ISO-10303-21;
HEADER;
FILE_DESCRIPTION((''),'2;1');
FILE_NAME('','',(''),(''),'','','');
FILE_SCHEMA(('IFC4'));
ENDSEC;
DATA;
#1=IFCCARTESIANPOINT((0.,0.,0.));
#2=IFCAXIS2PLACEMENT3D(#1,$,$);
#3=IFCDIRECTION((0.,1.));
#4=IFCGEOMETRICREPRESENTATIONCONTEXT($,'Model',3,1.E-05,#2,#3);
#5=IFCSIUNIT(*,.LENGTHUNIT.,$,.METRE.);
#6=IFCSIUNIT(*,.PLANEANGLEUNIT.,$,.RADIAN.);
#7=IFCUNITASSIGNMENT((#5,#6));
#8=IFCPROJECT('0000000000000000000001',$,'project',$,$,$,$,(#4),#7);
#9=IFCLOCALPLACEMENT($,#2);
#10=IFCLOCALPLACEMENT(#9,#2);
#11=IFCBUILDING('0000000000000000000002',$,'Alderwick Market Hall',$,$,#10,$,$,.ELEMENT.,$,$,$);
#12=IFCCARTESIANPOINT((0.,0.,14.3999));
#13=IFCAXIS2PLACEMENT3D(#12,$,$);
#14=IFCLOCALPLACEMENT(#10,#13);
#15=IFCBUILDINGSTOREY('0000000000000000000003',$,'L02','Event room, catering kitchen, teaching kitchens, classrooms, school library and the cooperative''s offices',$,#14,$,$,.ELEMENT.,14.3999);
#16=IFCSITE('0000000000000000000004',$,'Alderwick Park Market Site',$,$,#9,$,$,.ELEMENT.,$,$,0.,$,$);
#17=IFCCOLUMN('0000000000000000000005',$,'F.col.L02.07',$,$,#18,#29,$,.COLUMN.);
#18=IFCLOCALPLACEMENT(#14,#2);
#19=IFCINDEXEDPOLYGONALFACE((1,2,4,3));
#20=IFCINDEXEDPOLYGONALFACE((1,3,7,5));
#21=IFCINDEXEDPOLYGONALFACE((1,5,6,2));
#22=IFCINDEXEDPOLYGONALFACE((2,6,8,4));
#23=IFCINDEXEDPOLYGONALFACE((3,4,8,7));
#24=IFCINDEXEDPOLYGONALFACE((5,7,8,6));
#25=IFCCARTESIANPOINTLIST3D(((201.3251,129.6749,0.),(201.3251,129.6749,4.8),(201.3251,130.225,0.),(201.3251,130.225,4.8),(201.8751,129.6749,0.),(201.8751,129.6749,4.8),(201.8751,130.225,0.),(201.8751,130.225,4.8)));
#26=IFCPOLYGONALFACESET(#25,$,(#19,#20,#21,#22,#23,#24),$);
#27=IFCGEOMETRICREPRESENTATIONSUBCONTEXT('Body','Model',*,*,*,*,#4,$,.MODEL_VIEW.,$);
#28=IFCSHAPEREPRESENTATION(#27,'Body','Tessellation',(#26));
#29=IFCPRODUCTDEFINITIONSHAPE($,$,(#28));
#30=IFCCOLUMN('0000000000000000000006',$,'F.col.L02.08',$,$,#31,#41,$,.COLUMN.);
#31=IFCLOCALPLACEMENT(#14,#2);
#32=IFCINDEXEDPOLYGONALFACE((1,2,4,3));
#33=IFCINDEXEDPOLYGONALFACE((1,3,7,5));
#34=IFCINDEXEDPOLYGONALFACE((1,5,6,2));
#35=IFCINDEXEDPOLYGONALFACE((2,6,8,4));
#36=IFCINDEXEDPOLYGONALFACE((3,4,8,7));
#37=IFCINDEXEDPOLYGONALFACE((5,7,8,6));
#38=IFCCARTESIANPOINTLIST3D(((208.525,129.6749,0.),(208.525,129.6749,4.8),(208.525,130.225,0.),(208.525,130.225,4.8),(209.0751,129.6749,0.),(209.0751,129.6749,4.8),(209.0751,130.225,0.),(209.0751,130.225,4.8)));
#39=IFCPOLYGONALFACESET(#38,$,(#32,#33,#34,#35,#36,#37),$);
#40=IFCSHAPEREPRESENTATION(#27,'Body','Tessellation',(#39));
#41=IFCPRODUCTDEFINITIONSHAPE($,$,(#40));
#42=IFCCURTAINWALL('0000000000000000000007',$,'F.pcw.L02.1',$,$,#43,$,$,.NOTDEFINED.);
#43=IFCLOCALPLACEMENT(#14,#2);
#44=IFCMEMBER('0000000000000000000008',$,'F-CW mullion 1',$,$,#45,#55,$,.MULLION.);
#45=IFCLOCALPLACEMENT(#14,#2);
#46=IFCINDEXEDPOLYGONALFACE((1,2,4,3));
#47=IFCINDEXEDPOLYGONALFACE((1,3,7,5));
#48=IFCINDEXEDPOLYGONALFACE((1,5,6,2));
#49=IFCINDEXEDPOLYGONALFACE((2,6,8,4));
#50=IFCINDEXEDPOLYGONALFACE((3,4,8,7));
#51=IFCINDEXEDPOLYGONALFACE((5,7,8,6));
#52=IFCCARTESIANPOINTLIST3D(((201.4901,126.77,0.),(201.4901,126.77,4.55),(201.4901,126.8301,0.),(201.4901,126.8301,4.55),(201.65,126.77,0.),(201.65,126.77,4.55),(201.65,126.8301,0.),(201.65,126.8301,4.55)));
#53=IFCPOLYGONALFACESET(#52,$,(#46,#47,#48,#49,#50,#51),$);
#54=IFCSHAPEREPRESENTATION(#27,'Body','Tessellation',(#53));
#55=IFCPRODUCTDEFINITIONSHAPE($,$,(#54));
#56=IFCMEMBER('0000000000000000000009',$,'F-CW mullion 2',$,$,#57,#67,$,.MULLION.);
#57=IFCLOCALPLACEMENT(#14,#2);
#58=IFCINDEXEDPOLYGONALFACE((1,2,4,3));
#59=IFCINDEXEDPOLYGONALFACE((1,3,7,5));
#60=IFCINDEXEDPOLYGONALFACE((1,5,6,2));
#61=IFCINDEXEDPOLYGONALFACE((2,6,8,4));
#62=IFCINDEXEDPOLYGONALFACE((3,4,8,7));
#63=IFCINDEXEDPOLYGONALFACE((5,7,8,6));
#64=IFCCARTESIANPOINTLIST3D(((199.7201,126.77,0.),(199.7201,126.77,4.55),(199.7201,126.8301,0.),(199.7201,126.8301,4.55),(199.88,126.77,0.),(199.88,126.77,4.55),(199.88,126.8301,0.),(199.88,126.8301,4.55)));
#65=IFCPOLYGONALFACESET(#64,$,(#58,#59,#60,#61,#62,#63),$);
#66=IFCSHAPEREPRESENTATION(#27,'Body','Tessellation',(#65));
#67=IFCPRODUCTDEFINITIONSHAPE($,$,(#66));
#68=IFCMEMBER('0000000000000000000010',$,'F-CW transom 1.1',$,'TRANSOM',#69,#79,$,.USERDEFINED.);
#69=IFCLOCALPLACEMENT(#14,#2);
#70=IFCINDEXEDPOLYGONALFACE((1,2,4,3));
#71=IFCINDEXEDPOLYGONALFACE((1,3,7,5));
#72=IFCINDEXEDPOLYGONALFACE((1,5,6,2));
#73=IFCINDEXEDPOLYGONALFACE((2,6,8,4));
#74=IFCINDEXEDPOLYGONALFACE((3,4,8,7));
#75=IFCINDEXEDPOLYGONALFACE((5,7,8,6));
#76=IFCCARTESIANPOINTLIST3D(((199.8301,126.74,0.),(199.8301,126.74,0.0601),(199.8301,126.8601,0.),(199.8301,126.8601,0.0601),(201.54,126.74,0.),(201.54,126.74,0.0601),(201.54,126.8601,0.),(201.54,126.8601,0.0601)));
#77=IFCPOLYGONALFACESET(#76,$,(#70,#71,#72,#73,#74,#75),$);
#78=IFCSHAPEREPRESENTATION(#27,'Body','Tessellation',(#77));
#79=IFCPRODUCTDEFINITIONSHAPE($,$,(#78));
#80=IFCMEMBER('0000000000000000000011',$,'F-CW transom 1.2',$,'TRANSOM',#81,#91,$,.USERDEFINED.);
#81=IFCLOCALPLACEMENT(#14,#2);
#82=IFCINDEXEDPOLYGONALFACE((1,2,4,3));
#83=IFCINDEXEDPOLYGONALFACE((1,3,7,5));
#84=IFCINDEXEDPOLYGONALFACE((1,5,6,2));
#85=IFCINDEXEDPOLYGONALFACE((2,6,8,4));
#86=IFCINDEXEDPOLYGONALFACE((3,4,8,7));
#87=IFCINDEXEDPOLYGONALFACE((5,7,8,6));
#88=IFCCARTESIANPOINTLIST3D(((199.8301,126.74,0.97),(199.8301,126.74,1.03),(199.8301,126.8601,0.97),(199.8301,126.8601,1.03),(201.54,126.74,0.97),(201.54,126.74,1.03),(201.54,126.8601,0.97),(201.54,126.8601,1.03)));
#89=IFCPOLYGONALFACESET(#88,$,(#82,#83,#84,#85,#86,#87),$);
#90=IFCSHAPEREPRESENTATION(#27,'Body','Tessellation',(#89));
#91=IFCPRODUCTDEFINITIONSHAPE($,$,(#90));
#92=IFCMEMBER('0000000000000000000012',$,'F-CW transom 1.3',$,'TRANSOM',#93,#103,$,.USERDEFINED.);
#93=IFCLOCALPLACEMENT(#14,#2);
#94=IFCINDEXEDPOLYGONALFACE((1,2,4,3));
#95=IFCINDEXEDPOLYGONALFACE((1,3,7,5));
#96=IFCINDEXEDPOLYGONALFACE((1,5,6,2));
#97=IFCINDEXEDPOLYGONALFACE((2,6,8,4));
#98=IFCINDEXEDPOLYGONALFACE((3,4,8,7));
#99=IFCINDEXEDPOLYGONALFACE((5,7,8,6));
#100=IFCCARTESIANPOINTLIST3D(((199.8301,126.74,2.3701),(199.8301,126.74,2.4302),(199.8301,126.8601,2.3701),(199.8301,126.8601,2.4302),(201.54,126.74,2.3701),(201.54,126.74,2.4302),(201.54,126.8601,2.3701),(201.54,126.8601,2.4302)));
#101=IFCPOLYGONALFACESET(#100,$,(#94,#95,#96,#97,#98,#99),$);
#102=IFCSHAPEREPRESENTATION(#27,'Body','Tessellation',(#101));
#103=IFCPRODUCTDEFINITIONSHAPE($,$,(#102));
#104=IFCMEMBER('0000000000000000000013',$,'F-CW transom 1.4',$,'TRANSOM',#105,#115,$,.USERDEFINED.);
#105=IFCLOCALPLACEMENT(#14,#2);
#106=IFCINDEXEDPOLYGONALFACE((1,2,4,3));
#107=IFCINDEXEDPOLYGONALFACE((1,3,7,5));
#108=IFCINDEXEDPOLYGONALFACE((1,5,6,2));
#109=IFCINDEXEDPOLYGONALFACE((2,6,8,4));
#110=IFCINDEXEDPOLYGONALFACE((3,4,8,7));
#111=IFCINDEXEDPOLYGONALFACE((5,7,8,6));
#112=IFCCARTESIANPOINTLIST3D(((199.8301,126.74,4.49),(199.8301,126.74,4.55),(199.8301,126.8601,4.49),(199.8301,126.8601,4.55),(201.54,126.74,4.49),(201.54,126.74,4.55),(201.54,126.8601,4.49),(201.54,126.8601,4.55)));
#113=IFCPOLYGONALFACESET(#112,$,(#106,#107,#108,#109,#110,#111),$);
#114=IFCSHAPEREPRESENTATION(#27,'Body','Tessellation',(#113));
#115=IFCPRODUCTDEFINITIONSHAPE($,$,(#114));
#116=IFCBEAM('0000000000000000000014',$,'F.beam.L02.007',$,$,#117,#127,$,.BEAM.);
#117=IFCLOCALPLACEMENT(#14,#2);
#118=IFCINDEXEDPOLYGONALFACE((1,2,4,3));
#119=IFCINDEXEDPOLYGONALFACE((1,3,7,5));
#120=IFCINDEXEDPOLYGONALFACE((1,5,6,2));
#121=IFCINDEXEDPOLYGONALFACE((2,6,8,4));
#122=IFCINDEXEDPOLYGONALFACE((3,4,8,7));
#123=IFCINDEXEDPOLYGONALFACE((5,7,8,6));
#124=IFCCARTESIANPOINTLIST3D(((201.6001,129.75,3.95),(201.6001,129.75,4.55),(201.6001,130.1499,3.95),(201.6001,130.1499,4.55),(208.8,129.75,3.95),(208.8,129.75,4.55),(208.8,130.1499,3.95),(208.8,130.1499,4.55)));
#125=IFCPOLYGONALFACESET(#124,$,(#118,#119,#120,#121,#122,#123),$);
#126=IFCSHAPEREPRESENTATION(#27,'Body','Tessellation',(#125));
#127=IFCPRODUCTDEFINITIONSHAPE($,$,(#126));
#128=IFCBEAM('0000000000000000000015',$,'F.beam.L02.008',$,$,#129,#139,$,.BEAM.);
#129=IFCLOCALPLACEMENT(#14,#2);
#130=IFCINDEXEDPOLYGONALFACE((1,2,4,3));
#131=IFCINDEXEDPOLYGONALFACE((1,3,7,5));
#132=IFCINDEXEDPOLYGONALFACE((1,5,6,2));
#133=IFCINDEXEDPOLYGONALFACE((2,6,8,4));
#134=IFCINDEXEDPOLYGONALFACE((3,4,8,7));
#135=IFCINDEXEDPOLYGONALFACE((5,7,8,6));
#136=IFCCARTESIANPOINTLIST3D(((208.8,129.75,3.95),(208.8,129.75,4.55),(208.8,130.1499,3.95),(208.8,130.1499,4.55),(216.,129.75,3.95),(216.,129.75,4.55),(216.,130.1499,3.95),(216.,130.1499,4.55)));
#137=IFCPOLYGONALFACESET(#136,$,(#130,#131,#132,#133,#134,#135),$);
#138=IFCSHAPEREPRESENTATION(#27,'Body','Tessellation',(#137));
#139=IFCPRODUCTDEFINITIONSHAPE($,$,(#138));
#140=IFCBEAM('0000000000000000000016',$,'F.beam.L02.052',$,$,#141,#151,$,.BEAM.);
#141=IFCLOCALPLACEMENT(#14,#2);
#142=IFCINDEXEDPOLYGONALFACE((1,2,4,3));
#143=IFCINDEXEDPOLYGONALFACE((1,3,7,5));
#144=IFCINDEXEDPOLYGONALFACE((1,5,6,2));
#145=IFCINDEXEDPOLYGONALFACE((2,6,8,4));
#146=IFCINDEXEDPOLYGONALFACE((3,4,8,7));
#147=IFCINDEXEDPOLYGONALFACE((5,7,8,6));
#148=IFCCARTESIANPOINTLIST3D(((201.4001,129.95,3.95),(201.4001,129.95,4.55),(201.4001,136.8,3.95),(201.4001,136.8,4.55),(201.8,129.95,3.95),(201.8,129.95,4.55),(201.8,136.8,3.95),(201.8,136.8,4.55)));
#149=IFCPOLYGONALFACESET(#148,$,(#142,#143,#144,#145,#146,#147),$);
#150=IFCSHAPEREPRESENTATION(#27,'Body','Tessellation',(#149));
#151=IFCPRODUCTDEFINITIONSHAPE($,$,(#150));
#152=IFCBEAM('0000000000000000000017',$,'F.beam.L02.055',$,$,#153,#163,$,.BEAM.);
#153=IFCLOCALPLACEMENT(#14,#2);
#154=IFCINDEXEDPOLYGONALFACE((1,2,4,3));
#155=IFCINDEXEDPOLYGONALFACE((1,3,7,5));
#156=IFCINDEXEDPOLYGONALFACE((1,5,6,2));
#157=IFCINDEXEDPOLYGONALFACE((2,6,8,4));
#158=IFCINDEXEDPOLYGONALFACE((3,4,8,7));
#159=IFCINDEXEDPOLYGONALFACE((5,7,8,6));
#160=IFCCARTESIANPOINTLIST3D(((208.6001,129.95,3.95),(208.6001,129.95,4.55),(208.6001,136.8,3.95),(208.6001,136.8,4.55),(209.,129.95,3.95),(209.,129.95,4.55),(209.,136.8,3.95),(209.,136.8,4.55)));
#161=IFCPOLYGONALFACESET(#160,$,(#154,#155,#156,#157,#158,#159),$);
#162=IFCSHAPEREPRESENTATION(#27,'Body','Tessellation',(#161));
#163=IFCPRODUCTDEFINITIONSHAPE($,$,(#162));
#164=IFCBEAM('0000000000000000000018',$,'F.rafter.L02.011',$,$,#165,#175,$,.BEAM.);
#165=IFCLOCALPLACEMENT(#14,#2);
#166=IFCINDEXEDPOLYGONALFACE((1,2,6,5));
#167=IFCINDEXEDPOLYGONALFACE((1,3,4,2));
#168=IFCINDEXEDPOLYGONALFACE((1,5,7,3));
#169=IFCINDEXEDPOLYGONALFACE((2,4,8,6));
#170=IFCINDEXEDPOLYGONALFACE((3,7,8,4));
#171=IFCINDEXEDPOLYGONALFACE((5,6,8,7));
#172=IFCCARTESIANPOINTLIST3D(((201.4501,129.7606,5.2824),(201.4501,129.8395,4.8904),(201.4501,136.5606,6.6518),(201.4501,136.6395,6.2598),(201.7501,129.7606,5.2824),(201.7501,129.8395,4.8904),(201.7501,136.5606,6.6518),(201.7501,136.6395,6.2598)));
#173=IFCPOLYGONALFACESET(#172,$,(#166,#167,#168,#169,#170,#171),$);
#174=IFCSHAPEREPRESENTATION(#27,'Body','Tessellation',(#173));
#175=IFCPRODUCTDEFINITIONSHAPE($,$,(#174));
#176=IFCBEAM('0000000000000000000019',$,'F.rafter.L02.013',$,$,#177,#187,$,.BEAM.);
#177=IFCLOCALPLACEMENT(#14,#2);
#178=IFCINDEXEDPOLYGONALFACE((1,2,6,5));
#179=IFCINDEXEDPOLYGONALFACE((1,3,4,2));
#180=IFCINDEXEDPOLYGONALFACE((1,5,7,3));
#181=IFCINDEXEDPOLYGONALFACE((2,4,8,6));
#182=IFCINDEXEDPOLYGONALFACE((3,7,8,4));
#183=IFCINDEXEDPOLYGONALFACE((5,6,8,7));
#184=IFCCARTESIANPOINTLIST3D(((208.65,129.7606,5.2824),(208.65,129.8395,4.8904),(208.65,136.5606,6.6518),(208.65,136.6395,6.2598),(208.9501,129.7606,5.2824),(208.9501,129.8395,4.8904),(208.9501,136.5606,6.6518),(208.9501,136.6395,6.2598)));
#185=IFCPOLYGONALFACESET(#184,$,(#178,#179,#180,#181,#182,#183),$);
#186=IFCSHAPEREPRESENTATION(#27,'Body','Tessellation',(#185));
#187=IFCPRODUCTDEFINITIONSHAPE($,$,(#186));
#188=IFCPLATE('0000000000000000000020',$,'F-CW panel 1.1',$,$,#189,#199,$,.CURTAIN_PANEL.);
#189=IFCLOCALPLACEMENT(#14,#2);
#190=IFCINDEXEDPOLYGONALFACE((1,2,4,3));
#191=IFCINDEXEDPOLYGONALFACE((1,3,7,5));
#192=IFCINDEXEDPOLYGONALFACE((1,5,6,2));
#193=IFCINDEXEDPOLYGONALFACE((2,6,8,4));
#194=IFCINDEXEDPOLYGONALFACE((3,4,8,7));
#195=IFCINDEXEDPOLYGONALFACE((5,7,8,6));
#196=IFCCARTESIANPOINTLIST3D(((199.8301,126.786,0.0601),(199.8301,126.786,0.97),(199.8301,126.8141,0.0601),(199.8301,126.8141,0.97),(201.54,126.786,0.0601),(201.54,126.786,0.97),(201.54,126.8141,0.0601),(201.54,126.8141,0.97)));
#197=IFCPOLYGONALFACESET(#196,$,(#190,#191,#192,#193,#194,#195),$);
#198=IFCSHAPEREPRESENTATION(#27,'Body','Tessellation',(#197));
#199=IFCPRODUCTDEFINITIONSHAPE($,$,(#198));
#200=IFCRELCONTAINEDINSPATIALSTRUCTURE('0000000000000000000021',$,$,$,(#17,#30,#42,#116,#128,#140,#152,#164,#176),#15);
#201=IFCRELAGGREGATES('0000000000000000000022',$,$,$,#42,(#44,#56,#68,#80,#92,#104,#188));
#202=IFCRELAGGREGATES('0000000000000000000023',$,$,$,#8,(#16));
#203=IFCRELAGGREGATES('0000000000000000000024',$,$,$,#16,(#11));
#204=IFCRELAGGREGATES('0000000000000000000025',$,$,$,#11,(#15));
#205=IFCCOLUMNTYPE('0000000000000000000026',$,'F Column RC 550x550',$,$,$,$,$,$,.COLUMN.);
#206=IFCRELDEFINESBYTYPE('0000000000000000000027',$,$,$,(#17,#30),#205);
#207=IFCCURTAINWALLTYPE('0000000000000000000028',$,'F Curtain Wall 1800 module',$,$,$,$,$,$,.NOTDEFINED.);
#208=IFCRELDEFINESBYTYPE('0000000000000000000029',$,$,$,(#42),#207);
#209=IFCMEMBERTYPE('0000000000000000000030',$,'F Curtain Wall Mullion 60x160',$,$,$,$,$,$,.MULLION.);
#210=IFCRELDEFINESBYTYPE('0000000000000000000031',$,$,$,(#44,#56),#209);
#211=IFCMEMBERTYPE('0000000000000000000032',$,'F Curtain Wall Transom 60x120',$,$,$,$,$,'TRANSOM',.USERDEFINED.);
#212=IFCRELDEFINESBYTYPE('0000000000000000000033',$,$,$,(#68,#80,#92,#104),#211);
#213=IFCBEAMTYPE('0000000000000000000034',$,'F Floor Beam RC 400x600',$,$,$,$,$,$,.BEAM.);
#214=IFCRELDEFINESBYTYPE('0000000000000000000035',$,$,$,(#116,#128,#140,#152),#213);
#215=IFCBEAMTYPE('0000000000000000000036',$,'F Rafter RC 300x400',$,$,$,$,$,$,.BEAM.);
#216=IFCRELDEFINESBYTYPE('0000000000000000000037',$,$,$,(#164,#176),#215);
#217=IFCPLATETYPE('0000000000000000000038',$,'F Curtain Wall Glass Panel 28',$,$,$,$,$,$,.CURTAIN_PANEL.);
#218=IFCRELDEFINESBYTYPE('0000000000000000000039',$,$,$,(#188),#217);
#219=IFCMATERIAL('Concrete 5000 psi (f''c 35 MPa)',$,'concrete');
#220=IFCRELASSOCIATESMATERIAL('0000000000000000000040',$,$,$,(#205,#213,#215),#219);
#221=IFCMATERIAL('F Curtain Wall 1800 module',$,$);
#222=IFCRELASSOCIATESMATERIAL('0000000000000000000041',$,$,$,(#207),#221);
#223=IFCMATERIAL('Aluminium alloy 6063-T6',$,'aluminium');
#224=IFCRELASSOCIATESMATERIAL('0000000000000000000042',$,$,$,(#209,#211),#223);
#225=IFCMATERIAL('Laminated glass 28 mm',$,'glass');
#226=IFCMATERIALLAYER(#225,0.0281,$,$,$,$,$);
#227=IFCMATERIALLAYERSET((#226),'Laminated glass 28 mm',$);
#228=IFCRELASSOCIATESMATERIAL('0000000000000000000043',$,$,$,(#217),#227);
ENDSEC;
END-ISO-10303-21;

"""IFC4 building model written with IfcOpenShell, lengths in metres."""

from ifc_helpers import new_model, si_unit, direction, frame, origin, origin_2d, place, context, subcontext, project, spatial, rectangle, extrude, material, layer, layer_set, material_profile, profile_set, type_object, element, aggregate, save


model = new_model("IFC4")

# Units and contexts
model_context = context("Model", 3, precision=1e-05, world=origin(), true_north=direction((0.0, 1.0)))
body_context = subcontext(model_context, "Body", "Model", "MODEL_VIEW")
ifc_project = project(units=[si_unit("LENGTHUNIT", "METRE"), si_unit("PLANEANGLEUNIT", "RADIAN")], contexts=[model_context])

# Site, building, storey
site_placement = place(None, origin())
site = spatial("IfcSite", under=ifc_project, at=site_placement, Name="Alderwick Park Market Site", CompositionType="ELEMENT", RefElevation=0.0)
building_placement = place(site_placement, origin())
building = spatial("IfcBuilding", under=site, at=building_placement, Name="Alderwick Market Hall", CompositionType="ELEMENT")
storey_placement = place(building_placement, frame((0.0, 0.0, 14.3999)))
storey = spatial("IfcBuildingStorey", under=building, at=storey_placement, Name="L02", Description="Event room, catering kitchen, teaching kitchens, classrooms, school library and the cooperative's offices", CompositionType="ELEMENT", Elevation=14.3999)

# Columns
ifc_material_1 = material(Name="Concrete 5000 psi (f'c 35 MPa)", Category="concrete")
ifc_material_profile_1 = material_profile(ifc_material_1, rectangle(XDim=0.55, YDim=0.55, at=origin_2d()), Name="RC 550x550")
ifc_profile_set_1 = profile_set([ifc_material_profile_1], Name="Concrete 5000 psi (f'c 35 MPa)")
column_type = type_object("IfcColumnType", Name="F Column RC 550x550", PredefinedType="COLUMN", material=ifc_profile_set_1)
for number, where, z_axis, x_axis, name in (
    (1, (201.6001, 129.95, 0.0), (0.0, 0.0, 1.0), (1.0, 0.0, 0.0), "F.col.L02.07"),
    (2, (208.8, 129.95, 0.0), (0.0, 0.0, 1.0), (1.0, 0.0, 0.0), "F.col.L02.08"),
):
    element("IfcColumn", number, at=place(storey_placement, frame(where, z_axis=z_axis, x_axis=x_axis)), inside=storey, type_object=column_type, Name=name, PredefinedType="COLUMN", context=body_context, shape_type="SweptSolid", body=[
        extrude(rectangle(XDim=0.55, YDim=0.55, at=origin_2d()), origin(), (0.0, 0.0, 1.0), 4.8),
    ])

# Curtain wall, members
ifc_material_2 = material(Name="F Curtain Wall 1800 module")
curtain_wall_type = type_object("IfcCurtainWallType", Name="F Curtain Wall 1800 module", PredefinedType="NOTDEFINED", material=ifc_material_2)
curtain_wall_placement = place(storey_placement, origin())
curtain_wall = element("IfcCurtainWall", 3, at=curtain_wall_placement, inside=storey, type_object=curtain_wall_type, Name="F.pcw.L02.1", PredefinedType="NOTDEFINED")
ifc_material_3 = material(Name="Aluminium alloy 6063-T6", Category="aluminium")
ifc_material_profile_2 = material_profile(ifc_material_3, rectangle(XDim=0.0601, YDim=0.1599, at=origin_2d()), Name="AL 60x160")
ifc_profile_set_2 = profile_set([ifc_material_profile_2], Name="Aluminium alloy 6063-T6")
member_type_1 = type_object("IfcMemberType", Name="F Curtain Wall Mullion 60x160", PredefinedType="MULLION", material=ifc_profile_set_2)
member_1_placement = place(storey_placement, frame((201.5701, 126.8, 0.0), z_axis=(0.0, 0.0, 1.0), x_axis=(0.0, -1.0, 0.0)))
member_1 = element("IfcMember", 4, at=member_1_placement, type_object=member_type_1, Name="F-CW mullion 1", PredefinedType="MULLION", context=body_context, shape_type="SweptSolid", body=[
    extrude(rectangle(XDim=0.0601, YDim=0.1599, at=origin_2d()), origin(), (0.0, 0.0, 1.0), 4.55),
])
member_2_placement = place(storey_placement, frame((199.8, 126.8, 0.0), z_axis=(0.0, 0.0, 1.0), x_axis=(0.0, -1.0, 0.0)))
member_2 = element("IfcMember", 5, at=member_2_placement, type_object=member_type_1, Name="F-CW mullion 2", PredefinedType="MULLION", context=body_context, shape_type="SweptSolid", body=[
    extrude(rectangle(XDim=0.0601, YDim=0.1599, at=origin_2d()), origin(), (0.0, 0.0, 1.0), 4.55),
])
ifc_material_profile_3 = material_profile(ifc_material_3, rectangle(XDim=0.1201, YDim=0.0601, at=origin_2d()), Name="AL 60x120")
ifc_profile_set_3 = profile_set([ifc_material_profile_3], Name="Aluminium alloy 6063-T6")
member_type_2 = type_object("IfcMemberType", Name="F Curtain Wall Transom 60x120", ElementType="TRANSOM", PredefinedType="USERDEFINED", material=ifc_profile_set_3)
member_3_placement = place(storey_placement, frame((201.54, 126.8, 0.03), z_axis=(-1.0, 0.0, 0.0), x_axis=(0.0, -1.0, 0.0)))
member_3 = element("IfcMember", 6, at=member_3_placement, type_object=member_type_2, Name="F-CW transom 1.1", ObjectType="TRANSOM", PredefinedType="USERDEFINED", context=body_context, shape_type="SweptSolid", body=[
    extrude(rectangle(XDim=0.1201, YDim=0.0601, at=origin_2d()), origin(), (0.0, 0.0, 1.0), 1.71),
])
member_4_placement = place(storey_placement, frame((201.54, 126.8, 1.0), z_axis=(-1.0, 0.0, 0.0), x_axis=(0.0, -1.0, 0.0)))
member_4 = element("IfcMember", 7, at=member_4_placement, type_object=member_type_2, Name="F-CW transom 1.2", ObjectType="TRANSOM", PredefinedType="USERDEFINED", context=body_context, shape_type="SweptSolid", body=[
    extrude(rectangle(XDim=0.1201, YDim=0.0601, at=origin_2d()), origin(), (0.0, 0.0, 1.0), 1.71),
])
member_5_placement = place(storey_placement, frame((201.54, 126.8, 2.4001), z_axis=(-1.0, 0.0, 0.0), x_axis=(0.0, -1.0, 0.0)))
member_5 = element("IfcMember", 8, at=member_5_placement, type_object=member_type_2, Name="F-CW transom 1.3", ObjectType="TRANSOM", PredefinedType="USERDEFINED", context=body_context, shape_type="SweptSolid", body=[
    extrude(rectangle(XDim=0.1201, YDim=0.0601, at=origin_2d()), origin(), (0.0, 0.0, 1.0), 1.71),
])
member_6_placement = place(storey_placement, frame((201.54, 126.8, 4.52), z_axis=(-1.0, 0.0, 0.0), x_axis=(0.0, -1.0, 0.0)))
member_6 = element("IfcMember", 9, at=member_6_placement, type_object=member_type_2, Name="F-CW transom 1.4", ObjectType="TRANSOM", PredefinedType="USERDEFINED", context=body_context, shape_type="SweptSolid", body=[
    extrude(rectangle(XDim=0.1201, YDim=0.0601, at=origin_2d()), origin(), (0.0, 0.0, 1.0), 1.71),
])

# Beams
ifc_material_profile_4 = material_profile(ifc_material_1, rectangle(XDim=0.3999, YDim=0.6001, at=origin_2d()), Name="RC 400x600")
ifc_profile_set_4 = profile_set([ifc_material_profile_4], Name="Concrete 5000 psi (f'c 35 MPa)")
beam_type_1 = type_object("IfcBeamType", Name="F Floor Beam RC 400x600", PredefinedType="BEAM", material=ifc_profile_set_4)
for number, where, z_axis, x_axis, name in (
    (10, (201.6001, 129.95, 4.25), (1.0, 0.0, 0.0), (0.0, 1.0, 0.0), "F.beam.L02.007"),
    (11, (208.8, 129.95, 4.25), (1.0, 0.0, 0.0), (0.0, 1.0, 0.0), "F.beam.L02.008"),
):
    element("IfcBeam", number, at=place(storey_placement, frame(where, z_axis=z_axis, x_axis=x_axis)), inside=storey, type_object=beam_type_1, Name=name, PredefinedType="BEAM", context=body_context, shape_type="SweptSolid", body=[
        extrude(rectangle(XDim=0.3999, YDim=0.6001, at=origin_2d()), origin(), (0.0, 0.0, 1.0), 7.2),
    ])
for number, where, z_axis, x_axis, name in (
    (12, (201.6001, 129.95, 4.25), (0.0, 1.0, 0.0), (-1.0, 0.0, 0.0), "F.beam.L02.052"),
    (13, (208.8, 129.95, 4.25), (0.0, 1.0, 0.0), (-1.0, 0.0, 0.0), "F.beam.L02.055"),
):
    element("IfcBeam", number, at=place(storey_placement, frame(where, z_axis=z_axis, x_axis=x_axis)), inside=storey, type_object=beam_type_1, Name=name, PredefinedType="BEAM", context=body_context, shape_type="SweptSolid", body=[
        extrude(rectangle(XDim=0.3999, YDim=0.6001, at=origin_2d()), origin(), (0.0, 0.0, 1.0), 6.8501),
    ])
ifc_material_profile_5 = material_profile(ifc_material_1, rectangle(XDim=0.3, YDim=0.3999, at=origin_2d()), Name="RC 300x400")
ifc_profile_set_5 = profile_set([ifc_material_profile_5], Name="Concrete 5000 psi (f'c 35 MPa)")
beam_type_2 = type_object("IfcBeamType", Name="F Rafter RC 300x400", PredefinedType="BEAM", material=ifc_profile_set_5)
for number, where, z_axis, x_axis, name in (
    (14, (201.6001, 129.8, 5.0864), (0.0, 0.98032, 0.197416), (-1.0, 0.0, 0.0), "F.rafter.L02.011"),
    (15, (208.8, 129.8, 5.0864), (0.0, 0.98032, 0.197416), (-1.0, 0.0, 0.0), "F.rafter.L02.013"),
):
    element("IfcBeam", number, at=place(storey_placement, frame(where, z_axis=z_axis, x_axis=x_axis)), inside=storey, type_object=beam_type_2, Name=name, PredefinedType="BEAM", context=body_context, shape_type="SweptSolid", body=[
        extrude(rectangle(XDim=0.3, YDim=0.3999, at=origin_2d()), origin(), (0.0, 0.0, 1.0), 6.9365),
    ])

# Plate
ifc_material_4 = material(Name="Laminated glass 28 mm", Category="glass")
ifc_layer_1 = layer(ifc_material_4, 0.0281)
ifc_layer_set_1 = layer_set([ifc_layer_1], Name="Laminated glass 28 mm")
plate_type = type_object("IfcPlateType", Name="F Curtain Wall Glass Panel 28", PredefinedType="CURTAIN_PANEL", material=ifc_layer_set_1)
plate_1_placement = place(storey_placement, frame((200.6851, 126.8, 0.0601), z_axis=(0.0, 0.0, 1.0), x_axis=(-1.0, 0.0, 0.0)))
plate_1 = element("IfcPlate", 16, at=plate_1_placement, type_object=plate_type, Name="F-CW panel 1.1", PredefinedType="CURTAIN_PANEL", context=body_context, shape_type="SweptSolid", body=[
    extrude(rectangle(XDim=1.71, YDim=0.0281, at=origin_2d()), origin(), (0.0, 0.0, 1.0), 0.9099),
])
aggregate(curtain_wall, [member_1, member_2, member_3, member_4, member_5, member_6, plate_1])

save(model, "model.ifc")
